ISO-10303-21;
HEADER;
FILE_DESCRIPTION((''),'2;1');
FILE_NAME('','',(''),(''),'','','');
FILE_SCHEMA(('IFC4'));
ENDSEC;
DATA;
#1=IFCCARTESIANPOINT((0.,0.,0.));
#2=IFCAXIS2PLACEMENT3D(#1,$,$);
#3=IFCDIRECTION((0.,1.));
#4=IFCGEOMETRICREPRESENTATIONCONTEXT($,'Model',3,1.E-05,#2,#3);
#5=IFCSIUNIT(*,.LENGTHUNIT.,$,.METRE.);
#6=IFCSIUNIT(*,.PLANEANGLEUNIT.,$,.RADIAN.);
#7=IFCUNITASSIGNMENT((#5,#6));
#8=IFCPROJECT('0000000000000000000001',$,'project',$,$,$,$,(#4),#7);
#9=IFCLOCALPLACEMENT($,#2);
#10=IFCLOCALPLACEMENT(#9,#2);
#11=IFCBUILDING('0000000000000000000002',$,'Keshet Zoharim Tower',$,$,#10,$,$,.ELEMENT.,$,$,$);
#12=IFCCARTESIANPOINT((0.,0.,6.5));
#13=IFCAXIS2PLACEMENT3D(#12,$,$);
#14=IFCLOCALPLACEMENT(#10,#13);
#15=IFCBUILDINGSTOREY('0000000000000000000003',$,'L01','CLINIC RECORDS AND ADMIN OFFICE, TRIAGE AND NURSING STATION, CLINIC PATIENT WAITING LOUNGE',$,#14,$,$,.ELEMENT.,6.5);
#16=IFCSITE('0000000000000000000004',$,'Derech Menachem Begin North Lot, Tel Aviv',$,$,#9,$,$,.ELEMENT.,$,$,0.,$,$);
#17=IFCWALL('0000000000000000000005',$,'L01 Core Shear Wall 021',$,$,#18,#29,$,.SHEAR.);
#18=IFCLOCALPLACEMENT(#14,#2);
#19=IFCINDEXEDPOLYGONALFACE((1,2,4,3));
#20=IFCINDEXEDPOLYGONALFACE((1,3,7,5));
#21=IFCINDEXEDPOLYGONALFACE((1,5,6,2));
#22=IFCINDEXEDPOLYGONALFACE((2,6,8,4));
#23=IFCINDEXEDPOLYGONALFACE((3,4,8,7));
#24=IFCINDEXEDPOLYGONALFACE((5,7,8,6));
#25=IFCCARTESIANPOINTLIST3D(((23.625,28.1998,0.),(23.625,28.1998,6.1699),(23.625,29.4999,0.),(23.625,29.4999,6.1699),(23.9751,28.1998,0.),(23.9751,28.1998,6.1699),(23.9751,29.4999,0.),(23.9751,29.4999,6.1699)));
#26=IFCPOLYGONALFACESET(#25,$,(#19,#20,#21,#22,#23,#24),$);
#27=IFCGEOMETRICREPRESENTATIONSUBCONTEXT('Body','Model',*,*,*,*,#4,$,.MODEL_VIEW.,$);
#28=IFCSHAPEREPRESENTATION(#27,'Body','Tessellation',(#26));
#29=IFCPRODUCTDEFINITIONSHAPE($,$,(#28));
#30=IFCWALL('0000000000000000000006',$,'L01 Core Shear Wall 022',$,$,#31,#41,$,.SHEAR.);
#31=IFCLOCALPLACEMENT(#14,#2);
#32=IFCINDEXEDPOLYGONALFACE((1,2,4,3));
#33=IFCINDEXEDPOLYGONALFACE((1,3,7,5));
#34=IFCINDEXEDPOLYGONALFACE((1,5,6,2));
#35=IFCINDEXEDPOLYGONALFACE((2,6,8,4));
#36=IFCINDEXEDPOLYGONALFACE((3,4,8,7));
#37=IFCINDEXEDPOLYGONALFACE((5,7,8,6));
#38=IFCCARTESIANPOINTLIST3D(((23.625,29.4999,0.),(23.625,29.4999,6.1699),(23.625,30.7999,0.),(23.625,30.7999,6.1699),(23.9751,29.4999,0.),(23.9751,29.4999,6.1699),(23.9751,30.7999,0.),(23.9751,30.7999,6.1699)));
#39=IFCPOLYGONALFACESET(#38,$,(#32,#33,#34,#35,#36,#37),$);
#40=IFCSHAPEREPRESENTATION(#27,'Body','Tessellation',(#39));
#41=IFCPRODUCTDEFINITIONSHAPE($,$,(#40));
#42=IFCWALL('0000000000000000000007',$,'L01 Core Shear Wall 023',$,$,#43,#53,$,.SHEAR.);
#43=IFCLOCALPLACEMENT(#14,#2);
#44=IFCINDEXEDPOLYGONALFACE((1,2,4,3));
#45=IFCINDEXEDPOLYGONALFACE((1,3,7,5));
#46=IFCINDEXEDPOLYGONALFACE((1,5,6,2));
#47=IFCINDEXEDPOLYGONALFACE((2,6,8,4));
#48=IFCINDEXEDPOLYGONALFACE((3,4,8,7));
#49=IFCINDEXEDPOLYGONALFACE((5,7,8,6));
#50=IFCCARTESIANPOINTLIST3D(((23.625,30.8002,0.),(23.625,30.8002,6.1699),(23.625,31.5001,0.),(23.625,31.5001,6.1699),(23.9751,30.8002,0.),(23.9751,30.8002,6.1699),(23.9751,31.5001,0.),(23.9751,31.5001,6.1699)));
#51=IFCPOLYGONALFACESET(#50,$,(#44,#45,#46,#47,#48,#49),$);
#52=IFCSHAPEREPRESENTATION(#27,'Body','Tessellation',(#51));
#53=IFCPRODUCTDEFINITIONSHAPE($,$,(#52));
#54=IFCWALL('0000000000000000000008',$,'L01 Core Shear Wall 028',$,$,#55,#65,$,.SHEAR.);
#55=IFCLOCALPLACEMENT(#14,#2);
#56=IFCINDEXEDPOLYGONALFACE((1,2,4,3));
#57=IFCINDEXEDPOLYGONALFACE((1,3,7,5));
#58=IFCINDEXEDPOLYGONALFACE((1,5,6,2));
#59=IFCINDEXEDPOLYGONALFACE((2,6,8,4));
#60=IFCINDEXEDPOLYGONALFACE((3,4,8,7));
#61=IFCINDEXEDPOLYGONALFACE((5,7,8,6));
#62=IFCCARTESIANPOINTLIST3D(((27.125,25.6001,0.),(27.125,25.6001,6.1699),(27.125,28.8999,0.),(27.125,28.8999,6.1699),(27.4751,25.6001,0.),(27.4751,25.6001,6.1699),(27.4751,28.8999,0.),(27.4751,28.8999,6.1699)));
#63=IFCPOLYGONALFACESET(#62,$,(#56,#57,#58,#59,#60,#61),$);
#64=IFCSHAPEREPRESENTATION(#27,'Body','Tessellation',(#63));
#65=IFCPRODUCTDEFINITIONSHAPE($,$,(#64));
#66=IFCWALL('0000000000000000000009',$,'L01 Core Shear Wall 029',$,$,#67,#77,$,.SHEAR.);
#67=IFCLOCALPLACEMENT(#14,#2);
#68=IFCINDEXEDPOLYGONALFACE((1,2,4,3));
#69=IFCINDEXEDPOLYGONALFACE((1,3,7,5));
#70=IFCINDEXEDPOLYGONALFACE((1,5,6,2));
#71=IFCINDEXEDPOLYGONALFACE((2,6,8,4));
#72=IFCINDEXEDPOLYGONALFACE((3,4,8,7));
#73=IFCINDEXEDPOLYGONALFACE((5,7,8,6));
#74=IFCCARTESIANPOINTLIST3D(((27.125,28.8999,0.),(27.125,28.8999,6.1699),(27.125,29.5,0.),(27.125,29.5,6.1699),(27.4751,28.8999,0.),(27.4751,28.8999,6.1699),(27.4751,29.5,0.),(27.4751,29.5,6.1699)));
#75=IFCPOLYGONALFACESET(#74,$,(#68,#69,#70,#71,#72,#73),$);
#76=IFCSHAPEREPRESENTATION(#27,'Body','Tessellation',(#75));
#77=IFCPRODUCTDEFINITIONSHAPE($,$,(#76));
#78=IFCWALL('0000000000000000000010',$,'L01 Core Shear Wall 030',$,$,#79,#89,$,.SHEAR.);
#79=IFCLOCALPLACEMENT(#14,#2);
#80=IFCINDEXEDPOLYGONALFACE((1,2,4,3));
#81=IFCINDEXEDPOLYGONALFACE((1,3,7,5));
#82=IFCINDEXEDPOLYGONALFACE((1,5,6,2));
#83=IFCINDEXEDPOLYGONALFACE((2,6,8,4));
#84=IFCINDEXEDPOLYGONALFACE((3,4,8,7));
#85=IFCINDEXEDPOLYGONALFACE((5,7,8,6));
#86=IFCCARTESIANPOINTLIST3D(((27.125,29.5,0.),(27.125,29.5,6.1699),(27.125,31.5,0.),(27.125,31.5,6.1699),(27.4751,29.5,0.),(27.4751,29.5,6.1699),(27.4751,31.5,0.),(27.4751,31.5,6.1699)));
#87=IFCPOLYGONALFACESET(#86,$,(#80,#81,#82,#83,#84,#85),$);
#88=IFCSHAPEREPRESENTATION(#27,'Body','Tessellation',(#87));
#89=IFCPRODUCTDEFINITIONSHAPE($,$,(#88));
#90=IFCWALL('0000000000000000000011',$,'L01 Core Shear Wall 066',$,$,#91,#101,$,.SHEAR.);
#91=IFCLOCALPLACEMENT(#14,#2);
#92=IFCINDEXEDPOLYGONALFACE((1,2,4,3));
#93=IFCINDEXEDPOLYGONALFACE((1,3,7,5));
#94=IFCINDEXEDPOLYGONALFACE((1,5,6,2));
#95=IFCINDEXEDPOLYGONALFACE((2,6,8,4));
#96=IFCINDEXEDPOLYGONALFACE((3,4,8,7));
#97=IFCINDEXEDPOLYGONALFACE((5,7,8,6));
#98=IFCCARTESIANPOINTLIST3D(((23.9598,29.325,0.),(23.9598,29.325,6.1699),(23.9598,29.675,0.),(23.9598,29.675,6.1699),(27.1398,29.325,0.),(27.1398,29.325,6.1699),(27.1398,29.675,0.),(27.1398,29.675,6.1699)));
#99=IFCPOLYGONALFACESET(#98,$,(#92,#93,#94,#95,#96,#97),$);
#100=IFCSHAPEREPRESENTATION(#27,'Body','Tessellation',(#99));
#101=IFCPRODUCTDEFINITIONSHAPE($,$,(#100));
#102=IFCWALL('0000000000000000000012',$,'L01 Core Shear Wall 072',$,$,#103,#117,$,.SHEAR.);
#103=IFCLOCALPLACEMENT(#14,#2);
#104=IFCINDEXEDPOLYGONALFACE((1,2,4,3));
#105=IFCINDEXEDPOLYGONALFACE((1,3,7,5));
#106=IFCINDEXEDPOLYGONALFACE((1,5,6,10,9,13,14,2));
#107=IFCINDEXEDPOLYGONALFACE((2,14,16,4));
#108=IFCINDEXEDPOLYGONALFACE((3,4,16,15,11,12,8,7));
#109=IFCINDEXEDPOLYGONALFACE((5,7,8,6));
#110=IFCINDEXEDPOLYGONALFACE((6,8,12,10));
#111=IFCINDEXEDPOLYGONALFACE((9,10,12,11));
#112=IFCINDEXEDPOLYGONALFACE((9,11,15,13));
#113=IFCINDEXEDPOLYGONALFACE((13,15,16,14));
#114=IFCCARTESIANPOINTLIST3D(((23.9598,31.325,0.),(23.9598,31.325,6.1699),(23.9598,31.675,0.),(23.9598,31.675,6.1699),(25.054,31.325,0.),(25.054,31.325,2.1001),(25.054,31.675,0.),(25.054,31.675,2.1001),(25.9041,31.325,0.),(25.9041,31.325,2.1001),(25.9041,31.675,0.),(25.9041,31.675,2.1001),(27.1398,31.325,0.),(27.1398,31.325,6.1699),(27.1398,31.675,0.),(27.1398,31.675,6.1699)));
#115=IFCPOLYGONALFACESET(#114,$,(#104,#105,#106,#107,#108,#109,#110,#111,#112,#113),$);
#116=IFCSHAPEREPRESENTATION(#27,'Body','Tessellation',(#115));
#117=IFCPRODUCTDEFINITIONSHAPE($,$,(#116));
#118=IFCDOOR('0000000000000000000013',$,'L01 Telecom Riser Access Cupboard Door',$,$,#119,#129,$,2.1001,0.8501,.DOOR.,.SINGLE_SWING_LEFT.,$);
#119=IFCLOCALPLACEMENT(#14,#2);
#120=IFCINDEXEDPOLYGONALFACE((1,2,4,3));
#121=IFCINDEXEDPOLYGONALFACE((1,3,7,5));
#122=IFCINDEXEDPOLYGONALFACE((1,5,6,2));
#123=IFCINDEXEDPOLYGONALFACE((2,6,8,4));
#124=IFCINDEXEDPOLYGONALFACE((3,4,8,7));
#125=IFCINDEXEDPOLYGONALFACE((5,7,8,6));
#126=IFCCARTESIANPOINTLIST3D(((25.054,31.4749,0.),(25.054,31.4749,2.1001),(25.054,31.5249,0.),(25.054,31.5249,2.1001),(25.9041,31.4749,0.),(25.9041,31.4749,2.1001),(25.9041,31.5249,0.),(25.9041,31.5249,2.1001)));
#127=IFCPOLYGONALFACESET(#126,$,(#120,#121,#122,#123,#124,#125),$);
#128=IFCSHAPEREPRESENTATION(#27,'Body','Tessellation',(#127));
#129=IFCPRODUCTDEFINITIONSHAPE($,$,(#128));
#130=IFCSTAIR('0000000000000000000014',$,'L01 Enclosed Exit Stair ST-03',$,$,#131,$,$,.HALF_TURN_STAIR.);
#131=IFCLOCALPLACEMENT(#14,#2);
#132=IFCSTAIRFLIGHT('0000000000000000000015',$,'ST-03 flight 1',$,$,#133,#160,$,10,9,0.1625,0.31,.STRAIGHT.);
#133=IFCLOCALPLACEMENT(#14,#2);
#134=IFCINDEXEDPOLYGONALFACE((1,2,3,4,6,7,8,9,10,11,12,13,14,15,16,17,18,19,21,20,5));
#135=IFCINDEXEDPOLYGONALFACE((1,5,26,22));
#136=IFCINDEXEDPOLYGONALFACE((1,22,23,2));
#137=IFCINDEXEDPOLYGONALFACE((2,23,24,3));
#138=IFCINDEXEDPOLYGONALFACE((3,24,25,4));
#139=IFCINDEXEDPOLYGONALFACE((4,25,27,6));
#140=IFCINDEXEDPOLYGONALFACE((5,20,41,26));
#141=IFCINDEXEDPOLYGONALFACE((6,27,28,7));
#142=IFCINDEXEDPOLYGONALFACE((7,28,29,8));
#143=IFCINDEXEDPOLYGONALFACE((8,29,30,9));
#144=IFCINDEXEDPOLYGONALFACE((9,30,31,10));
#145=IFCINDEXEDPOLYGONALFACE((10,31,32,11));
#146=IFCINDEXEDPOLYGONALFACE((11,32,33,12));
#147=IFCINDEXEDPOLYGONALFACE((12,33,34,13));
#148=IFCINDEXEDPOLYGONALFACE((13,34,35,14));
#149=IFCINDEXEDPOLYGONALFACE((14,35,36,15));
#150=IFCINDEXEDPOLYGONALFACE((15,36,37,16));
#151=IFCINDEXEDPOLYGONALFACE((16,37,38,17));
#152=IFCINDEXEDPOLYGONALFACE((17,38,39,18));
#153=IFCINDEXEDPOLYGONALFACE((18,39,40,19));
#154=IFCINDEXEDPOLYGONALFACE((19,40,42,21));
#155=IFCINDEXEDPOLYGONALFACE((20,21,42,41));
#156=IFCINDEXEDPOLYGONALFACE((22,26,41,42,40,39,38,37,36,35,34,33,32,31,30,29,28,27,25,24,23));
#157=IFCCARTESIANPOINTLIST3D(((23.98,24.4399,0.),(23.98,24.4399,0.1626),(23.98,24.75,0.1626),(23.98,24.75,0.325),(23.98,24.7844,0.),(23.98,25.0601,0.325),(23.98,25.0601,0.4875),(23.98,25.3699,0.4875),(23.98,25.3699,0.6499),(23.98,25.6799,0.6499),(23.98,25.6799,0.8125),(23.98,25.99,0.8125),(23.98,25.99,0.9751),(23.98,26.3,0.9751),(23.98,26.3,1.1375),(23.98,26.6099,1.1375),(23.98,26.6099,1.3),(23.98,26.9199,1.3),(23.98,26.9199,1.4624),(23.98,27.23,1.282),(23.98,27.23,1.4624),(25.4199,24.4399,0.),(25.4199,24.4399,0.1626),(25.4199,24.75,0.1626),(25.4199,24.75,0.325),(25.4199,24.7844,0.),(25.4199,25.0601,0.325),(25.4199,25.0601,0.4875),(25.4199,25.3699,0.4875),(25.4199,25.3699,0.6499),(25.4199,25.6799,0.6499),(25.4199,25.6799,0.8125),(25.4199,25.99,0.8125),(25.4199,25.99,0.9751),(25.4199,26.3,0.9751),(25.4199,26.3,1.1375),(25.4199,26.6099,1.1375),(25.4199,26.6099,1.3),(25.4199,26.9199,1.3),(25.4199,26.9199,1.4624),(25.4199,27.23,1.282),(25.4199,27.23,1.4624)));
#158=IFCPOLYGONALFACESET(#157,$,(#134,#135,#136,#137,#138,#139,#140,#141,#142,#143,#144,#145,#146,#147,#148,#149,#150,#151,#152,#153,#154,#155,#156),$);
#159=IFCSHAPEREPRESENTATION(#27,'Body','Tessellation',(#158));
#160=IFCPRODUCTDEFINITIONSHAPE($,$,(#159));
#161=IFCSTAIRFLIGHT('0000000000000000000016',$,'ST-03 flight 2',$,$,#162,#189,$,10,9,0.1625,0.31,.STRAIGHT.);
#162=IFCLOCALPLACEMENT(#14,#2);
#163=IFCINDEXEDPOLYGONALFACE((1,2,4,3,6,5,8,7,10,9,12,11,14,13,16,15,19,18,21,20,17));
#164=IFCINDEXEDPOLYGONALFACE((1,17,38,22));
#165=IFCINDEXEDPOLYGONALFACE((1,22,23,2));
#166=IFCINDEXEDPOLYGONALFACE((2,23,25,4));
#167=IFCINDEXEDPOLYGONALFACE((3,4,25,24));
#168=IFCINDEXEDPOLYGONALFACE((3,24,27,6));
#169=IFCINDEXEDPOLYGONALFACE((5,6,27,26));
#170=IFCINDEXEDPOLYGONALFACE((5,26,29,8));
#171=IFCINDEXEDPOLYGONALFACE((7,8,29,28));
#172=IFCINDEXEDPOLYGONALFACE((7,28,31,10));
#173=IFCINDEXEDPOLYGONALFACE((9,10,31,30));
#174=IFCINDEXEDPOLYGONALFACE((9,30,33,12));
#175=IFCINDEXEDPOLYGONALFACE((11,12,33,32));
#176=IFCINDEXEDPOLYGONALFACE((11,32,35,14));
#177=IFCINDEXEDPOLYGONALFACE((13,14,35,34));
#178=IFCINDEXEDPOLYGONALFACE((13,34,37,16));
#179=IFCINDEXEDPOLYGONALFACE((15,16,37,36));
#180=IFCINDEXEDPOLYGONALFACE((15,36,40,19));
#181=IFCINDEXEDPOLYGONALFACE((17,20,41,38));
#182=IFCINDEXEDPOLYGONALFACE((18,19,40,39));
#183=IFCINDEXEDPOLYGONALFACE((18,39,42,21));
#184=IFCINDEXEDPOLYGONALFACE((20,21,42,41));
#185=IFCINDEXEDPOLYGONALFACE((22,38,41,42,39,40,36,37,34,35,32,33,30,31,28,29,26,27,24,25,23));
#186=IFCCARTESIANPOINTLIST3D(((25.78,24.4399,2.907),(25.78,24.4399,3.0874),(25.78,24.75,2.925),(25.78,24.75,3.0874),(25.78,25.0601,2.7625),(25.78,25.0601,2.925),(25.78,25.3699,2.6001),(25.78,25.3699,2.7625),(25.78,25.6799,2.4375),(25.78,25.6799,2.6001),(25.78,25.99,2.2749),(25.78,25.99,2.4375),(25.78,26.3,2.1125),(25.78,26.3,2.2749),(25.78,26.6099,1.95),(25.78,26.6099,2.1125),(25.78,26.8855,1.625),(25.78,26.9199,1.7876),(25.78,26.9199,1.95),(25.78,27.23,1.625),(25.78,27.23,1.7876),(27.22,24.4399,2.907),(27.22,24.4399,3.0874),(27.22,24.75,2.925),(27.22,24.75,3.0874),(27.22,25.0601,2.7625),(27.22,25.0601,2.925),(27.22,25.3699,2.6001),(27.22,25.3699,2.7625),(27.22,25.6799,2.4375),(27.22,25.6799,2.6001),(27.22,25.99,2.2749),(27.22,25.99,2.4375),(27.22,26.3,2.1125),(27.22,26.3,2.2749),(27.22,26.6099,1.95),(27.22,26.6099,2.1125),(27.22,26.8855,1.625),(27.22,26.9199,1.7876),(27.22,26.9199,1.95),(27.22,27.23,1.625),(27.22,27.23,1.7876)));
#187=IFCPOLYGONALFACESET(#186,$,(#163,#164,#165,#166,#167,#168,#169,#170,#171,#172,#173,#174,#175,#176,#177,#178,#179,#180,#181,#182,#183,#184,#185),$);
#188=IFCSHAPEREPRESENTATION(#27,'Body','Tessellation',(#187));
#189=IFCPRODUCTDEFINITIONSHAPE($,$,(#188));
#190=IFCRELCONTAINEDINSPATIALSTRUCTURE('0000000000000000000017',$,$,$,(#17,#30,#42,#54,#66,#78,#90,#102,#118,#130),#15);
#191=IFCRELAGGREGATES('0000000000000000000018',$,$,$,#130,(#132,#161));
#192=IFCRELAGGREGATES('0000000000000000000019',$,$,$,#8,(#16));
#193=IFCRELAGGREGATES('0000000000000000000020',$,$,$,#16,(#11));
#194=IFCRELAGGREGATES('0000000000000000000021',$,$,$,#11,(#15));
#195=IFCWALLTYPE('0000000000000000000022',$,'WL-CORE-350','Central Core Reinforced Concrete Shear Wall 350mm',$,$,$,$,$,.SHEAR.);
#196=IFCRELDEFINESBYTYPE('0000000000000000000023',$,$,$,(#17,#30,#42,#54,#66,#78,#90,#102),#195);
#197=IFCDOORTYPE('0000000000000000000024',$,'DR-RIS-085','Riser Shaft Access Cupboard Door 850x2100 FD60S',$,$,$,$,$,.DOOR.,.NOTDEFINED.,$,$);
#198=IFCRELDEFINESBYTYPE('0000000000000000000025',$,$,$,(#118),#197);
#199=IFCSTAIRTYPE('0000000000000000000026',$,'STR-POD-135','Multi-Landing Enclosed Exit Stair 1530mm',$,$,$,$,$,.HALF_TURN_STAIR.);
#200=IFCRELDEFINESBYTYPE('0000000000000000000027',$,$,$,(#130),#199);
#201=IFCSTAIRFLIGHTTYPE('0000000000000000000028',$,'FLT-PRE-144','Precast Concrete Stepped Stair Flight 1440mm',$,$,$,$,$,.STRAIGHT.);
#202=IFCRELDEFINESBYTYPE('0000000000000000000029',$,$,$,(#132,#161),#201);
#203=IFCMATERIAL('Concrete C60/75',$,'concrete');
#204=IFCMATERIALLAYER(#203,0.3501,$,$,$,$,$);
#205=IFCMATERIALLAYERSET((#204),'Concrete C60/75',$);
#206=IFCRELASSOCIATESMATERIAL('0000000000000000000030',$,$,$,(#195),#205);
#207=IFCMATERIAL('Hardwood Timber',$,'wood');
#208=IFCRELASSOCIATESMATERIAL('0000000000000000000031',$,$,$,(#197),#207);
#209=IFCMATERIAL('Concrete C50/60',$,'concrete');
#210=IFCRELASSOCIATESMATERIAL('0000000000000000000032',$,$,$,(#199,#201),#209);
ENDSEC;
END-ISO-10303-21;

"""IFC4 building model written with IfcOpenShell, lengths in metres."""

from ifc_helpers import new_model, si_unit, direction, frame, frame_2d, origin, place, context, subcontext, project, spatial, polyline, rectangle, outline, extrude, material, layer, layer_set, type_object, element, fill, aggregate, save


model = new_model("IFC4")

# Units and contexts
model_context = context("Model", 3, precision=1e-05, world=origin(), true_north=direction((0.0, 1.0)))
body_context = subcontext(model_context, "Body", "Model", "MODEL_VIEW")
ifc_project = project(units=[si_unit("LENGTHUNIT", "METRE"), si_unit("PLANEANGLEUNIT", "RADIAN")], contexts=[model_context])

# Site, building, storey
site_placement = place(None, origin())
site = spatial("IfcSite", under=ifc_project, at=site_placement, Name="Derech Menachem Begin North Lot, Tel Aviv", CompositionType="ELEMENT", RefElevation=0.0)
building_placement = place(site_placement, origin())
building = spatial("IfcBuilding", under=site, at=building_placement, Name="Keshet Zoharim Tower", CompositionType="ELEMENT")
storey_placement = place(building_placement, frame((0.0, 0.0, 6.5)))
storey = spatial("IfcBuildingStorey", under=building, at=storey_placement, Name="L01", Description="CLINIC RECORDS AND ADMIN OFFICE, TRIAGE AND NURSING STATION, CLINIC PATIENT WAITING LOUNGE", CompositionType="ELEMENT", Elevation=6.5)

# Walls
ifc_material_1 = material(Name="Concrete C60/75", Category="concrete")
ifc_layer_1 = layer(ifc_material_1, 0.3501)
ifc_layer_set_1 = layer_set([ifc_layer_1], Name="Concrete C60/75")
wall_type = type_object("IfcWallType", Name="WL-CORE-350", Description="Central Core Reinforced Concrete Shear Wall 350mm", PredefinedType="SHEAR", material=ifc_layer_set_1)
for number, where, z_axis, x_axis, name in (
    (1, (23.8, 28.2, 0.0), (0.0, 0.0, 1.0), (0.0, 1.0, 0.0), "L01 Core Shear Wall 021"),
    (2, (23.8, 29.5, 0.0), (0.0, 0.0, 1.0), (0.0, 1.0, 0.0), "L01 Core Shear Wall 022"),
):
    element("IfcWall", number, at=place(storey_placement, frame(where, z_axis=z_axis, x_axis=x_axis)), inside=storey, type_object=wall_type, Name=name, PredefinedType="SHEAR", context=body_context, shape_type="SweptSolid", body=[
        extrude(rectangle(XDim=1.3, YDim=0.3501, at=frame_2d((0.6499, 0.0))), origin(), (0.0, 0.0, 1.0), 6.1699),
    ])
wall_1_placement = place(storey_placement, frame((23.8, 30.8, 0.0), z_axis=(0.0, 0.0, 1.0), x_axis=(0.0, 1.0, 0.0)))
element("IfcWall", 3, at=wall_1_placement, inside=storey, type_object=wall_type, Name="L01 Core Shear Wall 023", PredefinedType="SHEAR", context=body_context, shape_type="SweptSolid", body=[
    extrude(rectangle(XDim=0.7, YDim=0.3501, at=frame_2d((0.3501, 0.0))), origin(), (0.0, 0.0, 1.0), 6.1699),
])

# Shared definitions
ifc_material_2 = material(Name="Hardwood Timber", Category="wood")

# Walls
wall_2_placement = place(storey_placement, frame((27.3, 25.6001, 0.0), z_axis=(0.0, 0.0, 1.0), x_axis=(0.0, 1.0, 0.0)))
element("IfcWall", 4, at=wall_2_placement, inside=storey, type_object=wall_type, Name="L01 Core Shear Wall 028", PredefinedType="SHEAR", context=body_context, shape_type="SweptSolid", body=[
    extrude(rectangle(XDim=3.2998, YDim=0.3501, at=frame_2d((1.6499, 0.0))), origin(), (0.0, 0.0, 1.0), 6.1699),
])
wall_3_placement = place(storey_placement, frame((27.3, 28.8999, 0.0), z_axis=(0.0, 0.0, 1.0), x_axis=(0.0, 1.0, 0.0)))
element("IfcWall", 5, at=wall_3_placement, inside=storey, type_object=wall_type, Name="L01 Core Shear Wall 029", PredefinedType="SHEAR", context=body_context, shape_type="SweptSolid", body=[
    extrude(rectangle(XDim=0.6001, YDim=0.3501, at=frame_2d((0.3, 0.0))), origin(), (0.0, 0.0, 1.0), 6.1699),
])
wall_4_placement = place(storey_placement, frame((27.3, 29.5, 0.0), z_axis=(0.0, 0.0, 1.0), x_axis=(0.0, 1.0, 0.0)))
element("IfcWall", 6, at=wall_4_placement, inside=storey, type_object=wall_type, Name="L01 Core Shear Wall 030", PredefinedType="SHEAR", context=body_context, shape_type="SweptSolid", body=[
    extrude(rectangle(XDim=2.0, YDim=0.3501, at=frame_2d((1.0, 0.0))), origin(), (0.0, 0.0, 1.0), 6.1699),
])
wall_5_placement = place(storey_placement, frame((23.96, 29.5, 0.0), z_axis=(0.0, 0.0, 1.0), x_axis=(1.0, 0.0, 0.0)))
element("IfcWall", 7, at=wall_5_placement, inside=storey, type_object=wall_type, Name="L01 Core Shear Wall 066", PredefinedType="SHEAR", context=body_context, shape_type="SweptSolid", body=[
    extrude(rectangle(XDim=3.1799, YDim=0.3501, at=frame_2d((1.5898, 0.0))), origin(), (0.0, 0.0, 1.0), 6.1699),
])

# Wall, opening, door
wall_6_placement = place(storey_placement, frame((23.96, 31.5, 0.0), z_axis=(0.0, 0.0, 1.0), x_axis=(1.0, 0.0, 0.0)))
wall_6 = element("IfcWall", 8, at=wall_6_placement, inside=storey, type_object=wall_type, Name="L01 Core Shear Wall 072", PredefinedType="SHEAR", context=body_context, shape_type="SweptSolid", body=[
    extrude(rectangle(XDim=3.1799, YDim=0.3501, at=frame_2d((1.5898, 0.0))), origin(), (0.0, 0.0, 1.0), 6.1699),
])
opening_1_placement = place(wall_6_placement, frame((1.094, 0.0, 0.0)))
opening_1 = element("IfcOpeningElement", 9, at=opening_1_placement, cuts=wall_6, PredefinedType="OPENING", context=body_context, shape_type="SweptSolid", body=[
    extrude(rectangle(XDim=0.8501, YDim=2.1001, at=frame_2d((0.425, 1.05))), frame((0.0, 0.1851, 0.0), z_axis=(0.0, -1.0, 0.0), x_axis=(1.0, 0.0, 0.0)), (0.0, 0.0, 1.0), 0.3701),
])
door_type_1 = type_object("IfcDoorType", Name="DR-RIS-085", Description="Riser Shaft Access Cupboard Door 850x2100 FD60S", OperationType="NOTDEFINED", PredefinedType="DOOR", material=ifc_material_2)
door_1_placement = place(opening_1_placement, origin())
door_1 = element("IfcDoor", 10, at=door_1_placement, inside=storey, type_object=door_type_1, Name="L01 Telecom Riser Access Cupboard Door", OperationType="SINGLE_SWING_LEFT", OverallHeight=2.1001, OverallWidth=0.8501, PredefinedType="DOOR", context=body_context, shape_type="SweptSolid", body=[
    extrude(rectangle(XDim=0.8501, YDim=2.1001, at=frame_2d((0.425, 1.05))), frame((0.0, 0.0249, 0.0), z_axis=(0.0, -1.0, 0.0), x_axis=(1.0, 0.0, 0.0)), (0.0, 0.0, 1.0), 0.05),
])
fill(opening_1, door_1)

# Stair, stair flights
ifc_material_3 = material(Name="Concrete C50/60", Category="concrete")
stair_type = type_object("IfcStairType", Name="STR-POD-135", Description="Multi-Landing Enclosed Exit Stair 1530mm", PredefinedType="HALF_TURN_STAIR", material=ifc_material_3)
stair_placement = place(storey_placement, origin())
stair = element("IfcStair", 11, at=stair_placement, inside=storey, type_object=stair_type, Name="L01 Enclosed Exit Stair ST-03", PredefinedType="HALF_TURN_STAIR")
stair_flight_type = type_object("IfcStairFlightType", Name="FLT-PRE-144", Description="Precast Concrete Stepped Stair Flight 1440mm", PredefinedType="STRAIGHT", material=ifc_material_3)
stair_flight_1_placement = place(storey_placement, frame((24.7, 24.4399, 0.0), z_axis=(0.0, 0.0, 1.0), x_axis=(0.0, 1.0, 0.0)))
stair_flight_1 = element("IfcStairFlight", 12, at=stair_flight_1_placement, type_object=stair_flight_type, Name="ST-03 flight 1", NumberOfRisers=10, NumberOfTreads=9, PredefinedType="STRAIGHT", RiserHeight=0.1625, TreadLength=0.31, context=body_context, shape_type="SweptSolid", body=[
    extrude(outline(polyline([(0.0, 0.0), (0.0, 0.1626), (0.3101, 0.1626), (0.3101, 0.325), (0.6201, 0.325), (0.6201, 0.4875), (0.9299, 0.4875), (0.9299, 0.6499), (1.24, 0.6499), (1.24, 0.8125), (1.55, 0.8125), (1.55, 0.9751), (1.8601, 0.9751), (1.8601, 1.1375), (2.1699, 1.1375), (2.1699, 1.3), (2.48, 1.3), (2.48, 1.4624), (2.79, 1.4624), (2.79, 1.625), (2.79, 1.282), (0.3445, 0.0), (0.0, 0.0)])), frame((0.0, 0.72, 0.0), z_axis=(0.0, -1.0, 0.0), x_axis=(1.0, 0.0, 0.0)), (0.0, 0.0, 1.0), 1.4399),
])
stair_flight_2_placement = place(storey_placement, frame((26.5, 27.23, 1.625), z_axis=(0.0, 0.0, 1.0), x_axis=(0.0, -1.0, 0.0)))
stair_flight_2 = element("IfcStairFlight", 13, at=stair_flight_2_placement, type_object=stair_flight_type, Name="ST-03 flight 2", NumberOfRisers=10, NumberOfTreads=9, PredefinedType="STRAIGHT", RiserHeight=0.1625, TreadLength=0.31, context=body_context, shape_type="SweptSolid", body=[
    extrude(outline(polyline([(0.0, 0.0), (0.0, 0.1626), (0.3101, 0.1626), (0.3101, 0.325), (0.6201, 0.325), (0.6201, 0.4875), (0.9299, 0.4875), (0.9299, 0.6499), (1.24, 0.6499), (1.24, 0.8125), (1.55, 0.8125), (1.55, 0.9751), (1.8601, 0.9751), (1.8601, 1.1375), (2.1699, 1.1375), (2.1699, 1.3), (2.48, 1.3), (2.48, 1.4624), (2.79, 1.4624), (2.79, 1.625), (2.79, 1.282), (0.3445, 0.0), (0.0, 0.0)])), frame((0.0, 0.72, 0.0), z_axis=(0.0, -1.0, 0.0), x_axis=(1.0, 0.0, 0.0)), (0.0, 0.0, 1.0), 1.4399),
])
aggregate(stair, [stair_flight_1, stair_flight_2])

save(model, "model.ifc")
